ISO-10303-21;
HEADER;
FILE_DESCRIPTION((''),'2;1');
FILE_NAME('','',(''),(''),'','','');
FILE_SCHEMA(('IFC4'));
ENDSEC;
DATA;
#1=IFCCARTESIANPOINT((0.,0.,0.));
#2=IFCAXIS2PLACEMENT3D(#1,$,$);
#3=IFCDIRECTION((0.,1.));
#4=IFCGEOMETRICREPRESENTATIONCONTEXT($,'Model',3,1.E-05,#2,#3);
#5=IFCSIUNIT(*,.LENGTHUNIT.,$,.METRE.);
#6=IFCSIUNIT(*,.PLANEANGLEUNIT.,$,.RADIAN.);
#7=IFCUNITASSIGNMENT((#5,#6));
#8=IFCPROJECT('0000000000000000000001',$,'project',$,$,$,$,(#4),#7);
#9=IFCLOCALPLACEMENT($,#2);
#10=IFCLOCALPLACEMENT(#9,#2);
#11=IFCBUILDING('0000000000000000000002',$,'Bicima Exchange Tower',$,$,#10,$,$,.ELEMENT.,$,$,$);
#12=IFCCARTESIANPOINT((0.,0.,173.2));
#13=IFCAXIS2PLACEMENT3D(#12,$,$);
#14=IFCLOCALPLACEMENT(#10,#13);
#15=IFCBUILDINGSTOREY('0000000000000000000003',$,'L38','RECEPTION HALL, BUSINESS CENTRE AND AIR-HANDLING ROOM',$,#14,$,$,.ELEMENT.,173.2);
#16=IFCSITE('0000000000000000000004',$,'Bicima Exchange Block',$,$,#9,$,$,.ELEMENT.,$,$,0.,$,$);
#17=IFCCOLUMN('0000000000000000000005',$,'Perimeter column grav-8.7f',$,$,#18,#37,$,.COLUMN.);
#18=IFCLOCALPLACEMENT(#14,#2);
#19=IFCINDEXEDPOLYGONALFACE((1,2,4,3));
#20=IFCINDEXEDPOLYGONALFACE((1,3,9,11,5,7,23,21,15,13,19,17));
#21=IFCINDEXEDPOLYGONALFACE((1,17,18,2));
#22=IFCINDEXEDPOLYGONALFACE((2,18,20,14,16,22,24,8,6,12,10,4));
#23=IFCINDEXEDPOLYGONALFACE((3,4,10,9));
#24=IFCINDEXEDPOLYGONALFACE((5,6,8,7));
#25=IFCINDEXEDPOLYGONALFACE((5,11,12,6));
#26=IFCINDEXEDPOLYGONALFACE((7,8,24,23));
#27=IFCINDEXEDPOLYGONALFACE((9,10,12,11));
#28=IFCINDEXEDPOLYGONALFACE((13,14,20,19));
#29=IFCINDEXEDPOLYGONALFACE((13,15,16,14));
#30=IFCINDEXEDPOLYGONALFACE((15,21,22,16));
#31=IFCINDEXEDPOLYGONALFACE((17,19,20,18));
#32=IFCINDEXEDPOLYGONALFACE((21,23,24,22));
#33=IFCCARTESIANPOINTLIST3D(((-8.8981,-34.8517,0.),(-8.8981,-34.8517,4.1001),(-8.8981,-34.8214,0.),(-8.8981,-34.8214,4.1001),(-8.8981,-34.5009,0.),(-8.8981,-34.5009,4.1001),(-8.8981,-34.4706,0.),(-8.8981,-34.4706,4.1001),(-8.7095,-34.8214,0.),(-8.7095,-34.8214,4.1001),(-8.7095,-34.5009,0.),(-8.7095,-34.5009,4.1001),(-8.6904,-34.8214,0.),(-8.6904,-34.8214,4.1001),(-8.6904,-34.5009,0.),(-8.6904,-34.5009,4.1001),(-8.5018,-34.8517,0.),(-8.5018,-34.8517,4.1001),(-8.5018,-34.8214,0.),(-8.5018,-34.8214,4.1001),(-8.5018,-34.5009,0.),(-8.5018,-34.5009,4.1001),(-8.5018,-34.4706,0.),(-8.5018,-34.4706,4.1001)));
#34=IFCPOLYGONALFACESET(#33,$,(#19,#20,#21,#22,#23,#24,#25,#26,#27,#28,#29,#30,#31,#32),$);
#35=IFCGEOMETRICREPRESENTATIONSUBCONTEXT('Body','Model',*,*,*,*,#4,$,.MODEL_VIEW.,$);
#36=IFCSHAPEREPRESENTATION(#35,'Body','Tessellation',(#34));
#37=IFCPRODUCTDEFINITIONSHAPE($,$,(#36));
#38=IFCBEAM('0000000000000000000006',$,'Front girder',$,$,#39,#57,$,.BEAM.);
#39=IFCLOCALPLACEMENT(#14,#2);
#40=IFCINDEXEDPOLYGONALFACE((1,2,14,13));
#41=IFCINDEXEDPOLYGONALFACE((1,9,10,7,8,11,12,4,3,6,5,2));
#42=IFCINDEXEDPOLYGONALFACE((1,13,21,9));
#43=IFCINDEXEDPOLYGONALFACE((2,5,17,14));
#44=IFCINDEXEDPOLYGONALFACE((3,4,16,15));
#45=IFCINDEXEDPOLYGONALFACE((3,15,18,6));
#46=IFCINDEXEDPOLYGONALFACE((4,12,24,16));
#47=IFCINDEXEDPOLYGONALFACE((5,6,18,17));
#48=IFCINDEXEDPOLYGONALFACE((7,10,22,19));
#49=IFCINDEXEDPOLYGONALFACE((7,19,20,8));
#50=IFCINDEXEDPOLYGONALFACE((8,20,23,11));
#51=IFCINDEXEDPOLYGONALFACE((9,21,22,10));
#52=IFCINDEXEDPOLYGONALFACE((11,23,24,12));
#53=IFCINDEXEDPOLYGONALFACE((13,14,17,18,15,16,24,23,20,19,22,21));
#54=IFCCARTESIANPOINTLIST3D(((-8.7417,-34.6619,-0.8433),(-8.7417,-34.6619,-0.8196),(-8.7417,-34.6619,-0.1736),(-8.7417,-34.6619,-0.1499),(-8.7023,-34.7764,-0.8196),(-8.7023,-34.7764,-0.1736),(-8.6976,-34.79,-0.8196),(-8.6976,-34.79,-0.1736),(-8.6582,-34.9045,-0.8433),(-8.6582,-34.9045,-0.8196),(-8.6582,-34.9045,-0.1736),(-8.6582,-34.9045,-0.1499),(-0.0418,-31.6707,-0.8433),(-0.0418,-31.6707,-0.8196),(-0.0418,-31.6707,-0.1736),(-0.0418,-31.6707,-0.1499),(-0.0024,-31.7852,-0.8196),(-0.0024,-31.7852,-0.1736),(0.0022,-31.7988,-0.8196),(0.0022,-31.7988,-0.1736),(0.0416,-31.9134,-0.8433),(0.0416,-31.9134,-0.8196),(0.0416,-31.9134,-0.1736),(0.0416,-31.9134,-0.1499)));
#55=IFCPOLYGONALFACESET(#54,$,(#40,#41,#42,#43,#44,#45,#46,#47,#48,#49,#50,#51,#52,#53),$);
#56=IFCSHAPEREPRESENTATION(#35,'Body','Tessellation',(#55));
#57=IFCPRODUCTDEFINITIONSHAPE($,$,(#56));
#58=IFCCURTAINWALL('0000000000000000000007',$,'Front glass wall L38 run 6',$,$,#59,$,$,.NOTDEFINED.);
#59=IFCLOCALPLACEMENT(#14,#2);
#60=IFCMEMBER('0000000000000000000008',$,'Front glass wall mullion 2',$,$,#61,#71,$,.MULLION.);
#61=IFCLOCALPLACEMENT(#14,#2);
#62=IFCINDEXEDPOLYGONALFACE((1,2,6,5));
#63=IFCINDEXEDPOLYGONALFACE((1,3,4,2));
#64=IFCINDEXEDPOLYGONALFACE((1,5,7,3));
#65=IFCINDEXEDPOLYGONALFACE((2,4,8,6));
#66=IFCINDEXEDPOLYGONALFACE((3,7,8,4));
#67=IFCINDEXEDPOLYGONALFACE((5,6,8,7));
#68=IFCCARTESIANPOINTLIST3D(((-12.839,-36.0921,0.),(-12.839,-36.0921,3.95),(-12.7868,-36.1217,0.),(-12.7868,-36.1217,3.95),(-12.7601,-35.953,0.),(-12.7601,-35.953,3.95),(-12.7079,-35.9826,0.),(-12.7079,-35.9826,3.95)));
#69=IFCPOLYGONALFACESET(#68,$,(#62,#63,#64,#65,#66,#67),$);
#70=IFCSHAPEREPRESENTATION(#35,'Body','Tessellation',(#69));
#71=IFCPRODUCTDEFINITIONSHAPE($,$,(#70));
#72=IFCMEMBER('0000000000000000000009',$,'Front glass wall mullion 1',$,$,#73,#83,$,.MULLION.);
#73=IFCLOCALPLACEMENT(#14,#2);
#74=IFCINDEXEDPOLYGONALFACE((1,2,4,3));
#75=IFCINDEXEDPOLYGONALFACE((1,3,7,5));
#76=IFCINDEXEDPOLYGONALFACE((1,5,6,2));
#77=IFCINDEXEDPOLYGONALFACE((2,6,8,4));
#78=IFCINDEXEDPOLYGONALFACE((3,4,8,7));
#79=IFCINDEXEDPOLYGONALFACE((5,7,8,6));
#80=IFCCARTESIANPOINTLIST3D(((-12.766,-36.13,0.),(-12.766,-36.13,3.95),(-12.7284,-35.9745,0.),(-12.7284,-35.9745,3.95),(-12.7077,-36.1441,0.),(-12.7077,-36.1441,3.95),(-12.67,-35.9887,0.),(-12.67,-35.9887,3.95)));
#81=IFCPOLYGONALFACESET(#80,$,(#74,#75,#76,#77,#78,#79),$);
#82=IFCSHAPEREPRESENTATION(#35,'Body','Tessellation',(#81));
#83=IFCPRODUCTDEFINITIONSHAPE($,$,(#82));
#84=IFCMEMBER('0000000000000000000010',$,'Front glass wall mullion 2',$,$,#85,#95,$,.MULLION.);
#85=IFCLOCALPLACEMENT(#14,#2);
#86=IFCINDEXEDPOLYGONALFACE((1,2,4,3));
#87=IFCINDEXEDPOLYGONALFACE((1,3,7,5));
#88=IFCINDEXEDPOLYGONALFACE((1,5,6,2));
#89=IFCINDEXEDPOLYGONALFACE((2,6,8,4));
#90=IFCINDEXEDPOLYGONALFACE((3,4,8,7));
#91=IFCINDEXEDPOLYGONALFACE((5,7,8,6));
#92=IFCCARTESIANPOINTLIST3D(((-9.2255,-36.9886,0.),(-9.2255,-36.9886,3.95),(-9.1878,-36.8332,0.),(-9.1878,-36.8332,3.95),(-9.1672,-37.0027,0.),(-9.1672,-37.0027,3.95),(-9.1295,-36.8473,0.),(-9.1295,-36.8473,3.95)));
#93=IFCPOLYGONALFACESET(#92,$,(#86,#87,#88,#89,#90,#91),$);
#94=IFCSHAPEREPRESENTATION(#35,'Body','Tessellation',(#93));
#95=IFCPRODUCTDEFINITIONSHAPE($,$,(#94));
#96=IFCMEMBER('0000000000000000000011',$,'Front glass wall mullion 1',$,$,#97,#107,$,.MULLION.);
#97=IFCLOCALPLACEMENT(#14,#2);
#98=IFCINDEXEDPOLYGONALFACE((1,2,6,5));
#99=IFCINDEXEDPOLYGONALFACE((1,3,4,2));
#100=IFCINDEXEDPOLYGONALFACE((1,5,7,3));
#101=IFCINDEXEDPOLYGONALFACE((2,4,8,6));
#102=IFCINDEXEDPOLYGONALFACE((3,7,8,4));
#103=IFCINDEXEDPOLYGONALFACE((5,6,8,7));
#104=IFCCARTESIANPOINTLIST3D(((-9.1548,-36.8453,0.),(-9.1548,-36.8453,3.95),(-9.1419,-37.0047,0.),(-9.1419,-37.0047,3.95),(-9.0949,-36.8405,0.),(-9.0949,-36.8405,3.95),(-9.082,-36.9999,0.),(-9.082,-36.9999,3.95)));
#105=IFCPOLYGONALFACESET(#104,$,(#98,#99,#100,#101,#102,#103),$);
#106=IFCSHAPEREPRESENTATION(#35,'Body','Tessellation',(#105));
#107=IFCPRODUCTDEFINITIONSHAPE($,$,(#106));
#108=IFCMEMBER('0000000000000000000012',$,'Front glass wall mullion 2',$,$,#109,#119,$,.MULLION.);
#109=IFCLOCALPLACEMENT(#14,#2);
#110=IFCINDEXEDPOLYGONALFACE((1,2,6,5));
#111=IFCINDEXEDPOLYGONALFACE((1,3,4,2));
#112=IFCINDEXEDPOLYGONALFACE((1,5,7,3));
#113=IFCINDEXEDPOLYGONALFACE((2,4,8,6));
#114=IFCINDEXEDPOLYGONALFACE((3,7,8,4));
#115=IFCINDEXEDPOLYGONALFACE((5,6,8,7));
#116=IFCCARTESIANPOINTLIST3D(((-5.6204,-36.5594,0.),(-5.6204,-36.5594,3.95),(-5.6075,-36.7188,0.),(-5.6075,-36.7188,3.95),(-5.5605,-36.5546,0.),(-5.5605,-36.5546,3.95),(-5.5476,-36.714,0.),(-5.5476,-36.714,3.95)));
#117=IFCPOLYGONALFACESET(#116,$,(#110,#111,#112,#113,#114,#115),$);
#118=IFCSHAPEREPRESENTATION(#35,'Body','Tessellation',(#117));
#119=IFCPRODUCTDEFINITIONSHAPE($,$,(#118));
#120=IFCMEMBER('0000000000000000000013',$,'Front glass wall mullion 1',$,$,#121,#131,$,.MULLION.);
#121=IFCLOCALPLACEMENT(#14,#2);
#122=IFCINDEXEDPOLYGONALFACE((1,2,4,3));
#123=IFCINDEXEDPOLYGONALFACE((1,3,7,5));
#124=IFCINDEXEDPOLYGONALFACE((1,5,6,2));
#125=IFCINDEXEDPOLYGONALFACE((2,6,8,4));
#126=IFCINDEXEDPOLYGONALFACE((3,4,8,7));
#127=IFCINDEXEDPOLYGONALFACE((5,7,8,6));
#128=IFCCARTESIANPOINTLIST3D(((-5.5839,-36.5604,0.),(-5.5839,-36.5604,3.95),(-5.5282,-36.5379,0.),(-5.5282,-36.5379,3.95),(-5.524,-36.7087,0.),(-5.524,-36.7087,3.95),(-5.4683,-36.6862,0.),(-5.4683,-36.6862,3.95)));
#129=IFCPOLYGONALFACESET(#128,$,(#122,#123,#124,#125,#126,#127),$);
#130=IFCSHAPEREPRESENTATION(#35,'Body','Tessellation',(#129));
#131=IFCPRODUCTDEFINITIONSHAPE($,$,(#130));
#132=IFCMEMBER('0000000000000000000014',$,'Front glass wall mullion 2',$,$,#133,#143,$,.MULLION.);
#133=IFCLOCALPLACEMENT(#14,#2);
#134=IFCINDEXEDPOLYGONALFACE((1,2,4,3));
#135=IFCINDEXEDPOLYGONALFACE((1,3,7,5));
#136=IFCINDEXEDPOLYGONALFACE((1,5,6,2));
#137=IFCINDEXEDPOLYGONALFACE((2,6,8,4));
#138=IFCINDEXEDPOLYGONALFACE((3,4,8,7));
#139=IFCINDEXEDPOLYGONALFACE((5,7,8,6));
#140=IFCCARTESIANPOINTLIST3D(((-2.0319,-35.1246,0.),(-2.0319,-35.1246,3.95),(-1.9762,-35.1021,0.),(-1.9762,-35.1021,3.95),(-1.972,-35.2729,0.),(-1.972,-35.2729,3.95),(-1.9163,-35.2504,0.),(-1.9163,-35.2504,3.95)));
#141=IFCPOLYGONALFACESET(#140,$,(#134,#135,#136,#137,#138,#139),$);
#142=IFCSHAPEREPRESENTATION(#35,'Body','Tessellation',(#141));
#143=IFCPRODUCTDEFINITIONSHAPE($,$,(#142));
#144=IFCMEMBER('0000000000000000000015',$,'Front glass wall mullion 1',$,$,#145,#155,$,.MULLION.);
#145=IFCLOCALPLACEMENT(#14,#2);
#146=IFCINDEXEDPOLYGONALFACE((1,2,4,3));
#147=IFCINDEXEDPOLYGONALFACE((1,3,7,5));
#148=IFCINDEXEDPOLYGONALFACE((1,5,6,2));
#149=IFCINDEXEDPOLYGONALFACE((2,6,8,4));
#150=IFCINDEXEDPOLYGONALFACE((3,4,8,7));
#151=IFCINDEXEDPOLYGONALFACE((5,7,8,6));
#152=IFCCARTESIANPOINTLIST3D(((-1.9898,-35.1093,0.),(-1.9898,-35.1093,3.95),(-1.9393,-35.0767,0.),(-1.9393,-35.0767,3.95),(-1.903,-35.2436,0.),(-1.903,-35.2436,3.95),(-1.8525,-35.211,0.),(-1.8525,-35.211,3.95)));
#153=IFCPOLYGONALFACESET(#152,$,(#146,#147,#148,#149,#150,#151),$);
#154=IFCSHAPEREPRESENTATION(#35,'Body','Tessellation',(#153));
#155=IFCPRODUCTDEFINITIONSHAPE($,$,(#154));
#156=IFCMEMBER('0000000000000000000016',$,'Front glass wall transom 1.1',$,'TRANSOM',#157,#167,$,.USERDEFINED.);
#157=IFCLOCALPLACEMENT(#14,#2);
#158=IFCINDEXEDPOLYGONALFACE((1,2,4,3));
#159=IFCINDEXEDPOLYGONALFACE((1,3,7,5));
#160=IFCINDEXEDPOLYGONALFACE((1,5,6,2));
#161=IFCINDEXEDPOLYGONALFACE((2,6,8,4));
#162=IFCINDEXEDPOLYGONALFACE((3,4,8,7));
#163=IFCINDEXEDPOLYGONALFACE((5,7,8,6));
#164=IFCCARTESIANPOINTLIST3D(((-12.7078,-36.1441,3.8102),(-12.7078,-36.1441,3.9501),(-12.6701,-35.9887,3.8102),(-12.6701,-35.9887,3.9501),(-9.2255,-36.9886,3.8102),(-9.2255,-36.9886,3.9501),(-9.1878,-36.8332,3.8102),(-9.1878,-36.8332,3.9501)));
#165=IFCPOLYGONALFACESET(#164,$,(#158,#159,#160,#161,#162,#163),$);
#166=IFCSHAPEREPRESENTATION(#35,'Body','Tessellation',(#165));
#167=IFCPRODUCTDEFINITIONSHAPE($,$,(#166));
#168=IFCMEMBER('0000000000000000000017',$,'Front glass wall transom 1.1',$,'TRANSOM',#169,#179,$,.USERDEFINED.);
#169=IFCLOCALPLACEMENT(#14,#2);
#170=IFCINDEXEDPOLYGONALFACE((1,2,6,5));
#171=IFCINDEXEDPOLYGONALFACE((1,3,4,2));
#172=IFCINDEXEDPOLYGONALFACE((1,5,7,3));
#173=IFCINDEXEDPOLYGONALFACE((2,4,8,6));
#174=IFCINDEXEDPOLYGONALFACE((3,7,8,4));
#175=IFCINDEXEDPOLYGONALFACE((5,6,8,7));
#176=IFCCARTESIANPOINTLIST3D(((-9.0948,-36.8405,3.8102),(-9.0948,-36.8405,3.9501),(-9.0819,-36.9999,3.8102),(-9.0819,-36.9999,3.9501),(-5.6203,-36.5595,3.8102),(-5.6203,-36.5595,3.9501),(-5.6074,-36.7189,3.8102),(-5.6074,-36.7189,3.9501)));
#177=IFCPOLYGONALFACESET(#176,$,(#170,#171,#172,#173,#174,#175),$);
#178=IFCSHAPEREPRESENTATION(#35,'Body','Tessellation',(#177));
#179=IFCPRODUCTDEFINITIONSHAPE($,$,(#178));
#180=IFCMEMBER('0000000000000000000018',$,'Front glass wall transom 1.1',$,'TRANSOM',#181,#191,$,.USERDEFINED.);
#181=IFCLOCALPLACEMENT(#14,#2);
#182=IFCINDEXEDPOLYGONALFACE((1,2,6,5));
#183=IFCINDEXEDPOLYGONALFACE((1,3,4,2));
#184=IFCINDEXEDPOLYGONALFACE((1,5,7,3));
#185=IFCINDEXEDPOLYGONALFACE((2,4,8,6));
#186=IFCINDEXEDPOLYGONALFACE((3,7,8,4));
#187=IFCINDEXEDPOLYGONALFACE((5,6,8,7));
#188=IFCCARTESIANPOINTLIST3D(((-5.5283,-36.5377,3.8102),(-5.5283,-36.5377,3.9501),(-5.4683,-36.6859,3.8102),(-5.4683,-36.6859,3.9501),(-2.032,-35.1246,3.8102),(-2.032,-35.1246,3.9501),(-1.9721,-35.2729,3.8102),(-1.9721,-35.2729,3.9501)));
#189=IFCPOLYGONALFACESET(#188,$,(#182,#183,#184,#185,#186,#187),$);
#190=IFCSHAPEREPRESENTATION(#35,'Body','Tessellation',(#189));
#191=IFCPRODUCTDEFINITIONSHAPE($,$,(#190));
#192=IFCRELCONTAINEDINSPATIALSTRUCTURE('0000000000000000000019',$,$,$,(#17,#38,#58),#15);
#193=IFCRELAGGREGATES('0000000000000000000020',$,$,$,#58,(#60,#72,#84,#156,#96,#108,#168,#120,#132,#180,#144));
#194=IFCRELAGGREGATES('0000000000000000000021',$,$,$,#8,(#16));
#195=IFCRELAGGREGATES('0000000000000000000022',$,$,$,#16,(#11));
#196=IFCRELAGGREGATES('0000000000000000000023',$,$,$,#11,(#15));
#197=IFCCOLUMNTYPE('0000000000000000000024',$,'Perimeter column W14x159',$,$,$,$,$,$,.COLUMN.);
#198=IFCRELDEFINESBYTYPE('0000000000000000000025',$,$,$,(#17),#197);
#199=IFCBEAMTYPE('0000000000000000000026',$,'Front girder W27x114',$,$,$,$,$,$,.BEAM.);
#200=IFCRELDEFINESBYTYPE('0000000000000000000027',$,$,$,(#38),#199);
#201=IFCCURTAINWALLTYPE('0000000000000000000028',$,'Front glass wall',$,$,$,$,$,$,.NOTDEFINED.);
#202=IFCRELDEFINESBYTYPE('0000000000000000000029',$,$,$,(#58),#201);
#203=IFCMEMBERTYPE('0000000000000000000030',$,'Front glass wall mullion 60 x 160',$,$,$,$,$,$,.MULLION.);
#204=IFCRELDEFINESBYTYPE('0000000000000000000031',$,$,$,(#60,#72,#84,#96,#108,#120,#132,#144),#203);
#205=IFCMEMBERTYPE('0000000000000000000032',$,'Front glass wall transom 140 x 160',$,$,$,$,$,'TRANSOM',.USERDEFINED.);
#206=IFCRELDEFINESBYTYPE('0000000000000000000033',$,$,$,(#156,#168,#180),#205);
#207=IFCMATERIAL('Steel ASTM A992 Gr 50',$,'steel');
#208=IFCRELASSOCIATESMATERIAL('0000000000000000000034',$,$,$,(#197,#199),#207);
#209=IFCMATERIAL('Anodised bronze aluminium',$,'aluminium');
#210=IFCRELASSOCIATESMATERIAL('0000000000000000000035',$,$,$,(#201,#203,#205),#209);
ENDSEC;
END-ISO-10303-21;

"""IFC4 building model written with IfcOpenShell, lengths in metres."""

from ifc_helpers import new_model, si_unit, direction, frame, origin, origin_2d, place, context, subcontext, project, spatial, rectangle, i_section, extrude, material, material_profile, profile_set, type_object, element, aggregate, save


model = new_model("IFC4")

# Units and contexts
model_context = context("Model", 3, precision=1e-05, world=origin(), true_north=direction((0.0, 1.0)))
body_context = subcontext(model_context, "Body", "Model", "MODEL_VIEW")
ifc_project = project(units=[si_unit("LENGTHUNIT", "METRE"), si_unit("PLANEANGLEUNIT", "RADIAN")], contexts=[model_context])

# Site, building, storey
site_placement = place(None, origin())
site = spatial("IfcSite", under=ifc_project, at=site_placement, Name="Bicima Exchange Block", CompositionType="ELEMENT", RefElevation=0.0)
building_placement = place(site_placement, origin())
building = spatial("IfcBuilding", under=site, at=building_placement, Name="Bicima Exchange Tower", CompositionType="ELEMENT")
storey_placement = place(building_placement, frame((0.0, 0.0, 173.2)))
storey = spatial("IfcBuildingStorey", under=building, at=storey_placement, Name="L38", Description="RECEPTION HALL, BUSINESS CENTRE AND AIR-HANDLING ROOM", CompositionType="ELEMENT", Elevation=173.2)

# Column
ifc_material_1 = material(Name="Steel ASTM A992 Gr 50", Category="steel")
ifc_material_profile_1 = material_profile(ifc_material_1, i_section(OverallWidth=0.3962, OverallDepth=0.3811, WebThickness=0.019, FlangeThickness=0.0303, at=origin_2d()))
ifc_profile_set_1 = profile_set([ifc_material_profile_1], Name="Steel ASTM A992 Gr 50")
column_type = type_object("IfcColumnType", Name="Perimeter column W14x159", PredefinedType="COLUMN", material=ifc_profile_set_1)
column_placement = place(storey_placement, frame((-8.7, -34.6611, 0.0), z_axis=(0.0, 0.0, 1.0), x_axis=(1.0, 0.0, 0.0)))
element("IfcColumn", 1, at=column_placement, inside=storey, type_object=column_type, Name="Perimeter column grav-8.7f", PredefinedType="COLUMN", context=body_context, shape_type="SweptSolid", body=[
    extrude(i_section(OverallWidth=0.3962, OverallDepth=0.3811, WebThickness=0.019, FlangeThickness=0.0303, at=origin_2d()), origin(), (0.0, 0.0, 1.0), 4.1001),
])

# Beam
ifc_material_profile_2 = material_profile(ifc_material_1, i_section(OverallWidth=0.2566, OverallDepth=0.6934, WebThickness=0.0144, FlangeThickness=0.0237, at=origin_2d()))
ifc_profile_set_2 = profile_set([ifc_material_profile_2], Name="Steel ASTM A992 Gr 50")
beam_type = type_object("IfcBeamType", Name="Front girder W27x114", PredefinedType="BEAM", material=ifc_profile_set_2)
beam_placement = place(storey_placement, frame((-8.7, -34.7832, -0.4966), z_axis=(0.945666, 0.325138, 0.0), x_axis=(-0.325138, 0.945666, 0.0)))
element("IfcBeam", 2, at=beam_placement, inside=storey, type_object=beam_type, Name="Front girder", PredefinedType="BEAM", context=body_context, shape_type="SweptSolid", body=[
    extrude(i_section(OverallWidth=0.2566, OverallDepth=0.6934, WebThickness=0.0144, FlangeThickness=0.0237, at=origin_2d()), origin(), (0.0, 0.0, 1.0), 9.1997),
])

# Curtain wall, members
ifc_material_2 = material(Name="Anodised bronze aluminium", Category="aluminium")
curtain_wall_type = type_object("IfcCurtainWallType", Name="Front glass wall", PredefinedType="NOTDEFINED", material=ifc_material_2)
curtain_wall_placement = place(storey_placement, origin())
curtain_wall = element("IfcCurtainWall", 3, at=curtain_wall_placement, inside=storey, type_object=curtain_wall_type, Name="Front glass wall L38 run 6", PredefinedType="NOTDEFINED")
ifc_material_profile_3 = material_profile(ifc_material_2, rectangle(XDim=0.1599, YDim=0.0601, at=origin_2d()))
ifc_profile_set_3 = profile_set([ifc_material_profile_3], Name="Anodised bronze aluminium")
member_type_1 = type_object("IfcMemberType", Name="Front glass wall mullion 60 x 160", PredefinedType="MULLION", material=ifc_profile_set_3)
member_1_placement = place(storey_placement, frame((-12.7734, -36.0374, 0.0), z_axis=(0.0, 0.0, 1.0), x_axis=(0.493395, 0.869805, 0.0)))
member_1 = element("IfcMember", 4, at=member_1_placement, type_object=member_type_1, Name="Front glass wall mullion 2", PredefinedType="MULLION", context=body_context, shape_type="SweptSolid", body=[
    extrude(rectangle(XDim=0.1599, YDim=0.0601, at=origin_2d()), origin(), (0.0, 0.0, 1.0), 3.95),
])
member_2_placement = place(storey_placement, frame((-12.718, -36.0593, 0.0), z_axis=(0.0, 0.0, 1.0), x_axis=(0.235682, 0.97183, 0.0)))
member_2 = element("IfcMember", 5, at=member_2_placement, type_object=member_type_1, Name="Front glass wall mullion 1", PredefinedType="MULLION", context=body_context, shape_type="SweptSolid", body=[
    extrude(rectangle(XDim=0.1599, YDim=0.0601, at=origin_2d()), origin(), (0.0, 0.0, 1.0), 3.95),
])
member_3_placement = place(storey_placement, frame((-9.1775, -36.918, 0.0), z_axis=(0.0, 0.0, 1.0), x_axis=(0.235682, 0.97183, 0.0)))
member_3 = element("IfcMember", 6, at=member_3_placement, type_object=member_type_1, Name="Front glass wall mullion 2", PredefinedType="MULLION", context=body_context, shape_type="SweptSolid", body=[
    extrude(rectangle(XDim=0.1599, YDim=0.0601, at=origin_2d()), origin(), (0.0, 0.0, 1.0), 3.95),
])
member_4_placement = place(storey_placement, frame((-9.1184, -36.9226, 0.0), z_axis=(0.0, 0.0, 1.0), x_axis=(-0.080589, 0.996747, 0.0)))
member_4 = element("IfcMember", 7, at=member_4_placement, type_object=member_type_1, Name="Front glass wall mullion 1", PredefinedType="MULLION", context=body_context, shape_type="SweptSolid", body=[
    extrude(rectangle(XDim=0.1599, YDim=0.0601, at=origin_2d()), origin(), (0.0, 0.0, 1.0), 3.95),
])
member_5_placement = place(storey_placement, frame((-5.584, -36.6367, 0.0), z_axis=(0.0, 0.0, 1.0), x_axis=(-0.080589, 0.996747, 0.0)))
member_5 = element("IfcMember", 8, at=member_5_placement, type_object=member_type_1, Name="Front glass wall mullion 2", PredefinedType="MULLION", context=body_context, shape_type="SweptSolid", body=[
    extrude(rectangle(XDim=0.1599, YDim=0.0601, at=origin_2d()), origin(), (0.0, 0.0, 1.0), 3.95),
])
member_6_placement = place(storey_placement, frame((-5.5261, -36.6233, 0.0), z_axis=(0.0, 0.0, 1.0), x_axis=(-0.374705, 0.927144, 0.0)))
member_6 = element("IfcMember", 9, at=member_6_placement, type_object=member_type_1, Name="Front glass wall mullion 1", PredefinedType="MULLION", context=body_context, shape_type="SweptSolid", body=[
    extrude(rectangle(XDim=0.1599, YDim=0.0601, at=origin_2d()), origin(), (0.0, 0.0, 1.0), 3.95),
])
member_7_placement = place(storey_placement, frame((-1.9741, -35.1875, 0.0), z_axis=(0.0, 0.0, 1.0), x_axis=(-0.374705, 0.927144, 0.0)))
member_7 = element("IfcMember", 10, at=member_7_placement, type_object=member_type_1, Name="Front glass wall mullion 2", PredefinedType="MULLION", context=body_context, shape_type="SweptSolid", body=[
    extrude(rectangle(XDim=0.1599, YDim=0.0601, at=origin_2d()), origin(), (0.0, 0.0, 1.0), 3.95),
])
member_8_placement = place(storey_placement, frame((-1.9211, -35.1602, 0.0), z_axis=(0.0, 0.0, 1.0), x_axis=(-0.542897, 0.839799, 0.0)))
member_8 = element("IfcMember", 11, at=member_8_placement, type_object=member_type_1, Name="Front glass wall mullion 1", PredefinedType="MULLION", context=body_context, shape_type="SweptSolid", body=[
    extrude(rectangle(XDim=0.1599, YDim=0.0601, at=origin_2d()), origin(), (0.0, 0.0, 1.0), 3.95),
])
ifc_material_profile_4 = material_profile(ifc_material_2, rectangle(XDim=0.1599, YDim=0.1399, at=origin_2d()))
ifc_profile_set_4 = profile_set([ifc_material_profile_4], Name="Anodised bronze aluminium")
member_type_2 = type_object("IfcMemberType", Name="Front glass wall transom 140 x 160", ElementType="TRANSOM", PredefinedType="USERDEFINED", material=ifc_profile_set_4)
member_9_placement = place(storey_placement, frame((-12.689, -36.0664, 3.8801), z_axis=(0.971834, -0.235668, 0.0), x_axis=(0.235668, 0.971834, 0.0)))
member_9 = element("IfcMember", 12, at=member_9_placement, type_object=member_type_2, Name="Front glass wall transom 1.1", ObjectType="TRANSOM", PredefinedType="USERDEFINED", context=body_context, shape_type="SweptSolid", body=[
    extrude(rectangle(XDim=0.1599, YDim=0.1399, at=origin_2d()), origin(), (0.0, 0.0, 1.0), 3.5833),
])
member_10_placement = place(storey_placement, frame((-9.0884, -36.9202, 3.8801), z_axis=(0.996746, 0.080611, 0.0), x_axis=(-0.080611, 0.996746, 0.0)))
member_10 = element("IfcMember", 13, at=member_10_placement, type_object=member_type_2, Name="Front glass wall transom 1.1", ObjectType="TRANSOM", PredefinedType="USERDEFINED", context=body_context, shape_type="SweptSolid", body=[
    extrude(rectangle(XDim=0.1599, YDim=0.1399, at=origin_2d()), origin(), (0.0, 0.0, 1.0), 3.4858),
])
member_11_placement = place(storey_placement, frame((-5.4983, -36.6118, 3.8801), z_axis=(0.92714, 0.374715, 0.0), x_axis=(-0.374715, 0.92714, 0.0)))
member_11 = element("IfcMember", 14, at=member_11_placement, type_object=member_type_2, Name="Front glass wall transom 1.1", ObjectType="TRANSOM", PredefinedType="USERDEFINED", context=body_context, shape_type="SweptSolid", body=[
    extrude(rectangle(XDim=0.1599, YDim=0.1399, at=origin_2d()), origin(), (0.0, 0.0, 1.0), 3.771),
])
aggregate(curtain_wall, [member_1, member_2, member_3, member_9, member_4, member_5, member_10, member_6, member_7, member_11, member_8])

save(model, "model.ifc")
